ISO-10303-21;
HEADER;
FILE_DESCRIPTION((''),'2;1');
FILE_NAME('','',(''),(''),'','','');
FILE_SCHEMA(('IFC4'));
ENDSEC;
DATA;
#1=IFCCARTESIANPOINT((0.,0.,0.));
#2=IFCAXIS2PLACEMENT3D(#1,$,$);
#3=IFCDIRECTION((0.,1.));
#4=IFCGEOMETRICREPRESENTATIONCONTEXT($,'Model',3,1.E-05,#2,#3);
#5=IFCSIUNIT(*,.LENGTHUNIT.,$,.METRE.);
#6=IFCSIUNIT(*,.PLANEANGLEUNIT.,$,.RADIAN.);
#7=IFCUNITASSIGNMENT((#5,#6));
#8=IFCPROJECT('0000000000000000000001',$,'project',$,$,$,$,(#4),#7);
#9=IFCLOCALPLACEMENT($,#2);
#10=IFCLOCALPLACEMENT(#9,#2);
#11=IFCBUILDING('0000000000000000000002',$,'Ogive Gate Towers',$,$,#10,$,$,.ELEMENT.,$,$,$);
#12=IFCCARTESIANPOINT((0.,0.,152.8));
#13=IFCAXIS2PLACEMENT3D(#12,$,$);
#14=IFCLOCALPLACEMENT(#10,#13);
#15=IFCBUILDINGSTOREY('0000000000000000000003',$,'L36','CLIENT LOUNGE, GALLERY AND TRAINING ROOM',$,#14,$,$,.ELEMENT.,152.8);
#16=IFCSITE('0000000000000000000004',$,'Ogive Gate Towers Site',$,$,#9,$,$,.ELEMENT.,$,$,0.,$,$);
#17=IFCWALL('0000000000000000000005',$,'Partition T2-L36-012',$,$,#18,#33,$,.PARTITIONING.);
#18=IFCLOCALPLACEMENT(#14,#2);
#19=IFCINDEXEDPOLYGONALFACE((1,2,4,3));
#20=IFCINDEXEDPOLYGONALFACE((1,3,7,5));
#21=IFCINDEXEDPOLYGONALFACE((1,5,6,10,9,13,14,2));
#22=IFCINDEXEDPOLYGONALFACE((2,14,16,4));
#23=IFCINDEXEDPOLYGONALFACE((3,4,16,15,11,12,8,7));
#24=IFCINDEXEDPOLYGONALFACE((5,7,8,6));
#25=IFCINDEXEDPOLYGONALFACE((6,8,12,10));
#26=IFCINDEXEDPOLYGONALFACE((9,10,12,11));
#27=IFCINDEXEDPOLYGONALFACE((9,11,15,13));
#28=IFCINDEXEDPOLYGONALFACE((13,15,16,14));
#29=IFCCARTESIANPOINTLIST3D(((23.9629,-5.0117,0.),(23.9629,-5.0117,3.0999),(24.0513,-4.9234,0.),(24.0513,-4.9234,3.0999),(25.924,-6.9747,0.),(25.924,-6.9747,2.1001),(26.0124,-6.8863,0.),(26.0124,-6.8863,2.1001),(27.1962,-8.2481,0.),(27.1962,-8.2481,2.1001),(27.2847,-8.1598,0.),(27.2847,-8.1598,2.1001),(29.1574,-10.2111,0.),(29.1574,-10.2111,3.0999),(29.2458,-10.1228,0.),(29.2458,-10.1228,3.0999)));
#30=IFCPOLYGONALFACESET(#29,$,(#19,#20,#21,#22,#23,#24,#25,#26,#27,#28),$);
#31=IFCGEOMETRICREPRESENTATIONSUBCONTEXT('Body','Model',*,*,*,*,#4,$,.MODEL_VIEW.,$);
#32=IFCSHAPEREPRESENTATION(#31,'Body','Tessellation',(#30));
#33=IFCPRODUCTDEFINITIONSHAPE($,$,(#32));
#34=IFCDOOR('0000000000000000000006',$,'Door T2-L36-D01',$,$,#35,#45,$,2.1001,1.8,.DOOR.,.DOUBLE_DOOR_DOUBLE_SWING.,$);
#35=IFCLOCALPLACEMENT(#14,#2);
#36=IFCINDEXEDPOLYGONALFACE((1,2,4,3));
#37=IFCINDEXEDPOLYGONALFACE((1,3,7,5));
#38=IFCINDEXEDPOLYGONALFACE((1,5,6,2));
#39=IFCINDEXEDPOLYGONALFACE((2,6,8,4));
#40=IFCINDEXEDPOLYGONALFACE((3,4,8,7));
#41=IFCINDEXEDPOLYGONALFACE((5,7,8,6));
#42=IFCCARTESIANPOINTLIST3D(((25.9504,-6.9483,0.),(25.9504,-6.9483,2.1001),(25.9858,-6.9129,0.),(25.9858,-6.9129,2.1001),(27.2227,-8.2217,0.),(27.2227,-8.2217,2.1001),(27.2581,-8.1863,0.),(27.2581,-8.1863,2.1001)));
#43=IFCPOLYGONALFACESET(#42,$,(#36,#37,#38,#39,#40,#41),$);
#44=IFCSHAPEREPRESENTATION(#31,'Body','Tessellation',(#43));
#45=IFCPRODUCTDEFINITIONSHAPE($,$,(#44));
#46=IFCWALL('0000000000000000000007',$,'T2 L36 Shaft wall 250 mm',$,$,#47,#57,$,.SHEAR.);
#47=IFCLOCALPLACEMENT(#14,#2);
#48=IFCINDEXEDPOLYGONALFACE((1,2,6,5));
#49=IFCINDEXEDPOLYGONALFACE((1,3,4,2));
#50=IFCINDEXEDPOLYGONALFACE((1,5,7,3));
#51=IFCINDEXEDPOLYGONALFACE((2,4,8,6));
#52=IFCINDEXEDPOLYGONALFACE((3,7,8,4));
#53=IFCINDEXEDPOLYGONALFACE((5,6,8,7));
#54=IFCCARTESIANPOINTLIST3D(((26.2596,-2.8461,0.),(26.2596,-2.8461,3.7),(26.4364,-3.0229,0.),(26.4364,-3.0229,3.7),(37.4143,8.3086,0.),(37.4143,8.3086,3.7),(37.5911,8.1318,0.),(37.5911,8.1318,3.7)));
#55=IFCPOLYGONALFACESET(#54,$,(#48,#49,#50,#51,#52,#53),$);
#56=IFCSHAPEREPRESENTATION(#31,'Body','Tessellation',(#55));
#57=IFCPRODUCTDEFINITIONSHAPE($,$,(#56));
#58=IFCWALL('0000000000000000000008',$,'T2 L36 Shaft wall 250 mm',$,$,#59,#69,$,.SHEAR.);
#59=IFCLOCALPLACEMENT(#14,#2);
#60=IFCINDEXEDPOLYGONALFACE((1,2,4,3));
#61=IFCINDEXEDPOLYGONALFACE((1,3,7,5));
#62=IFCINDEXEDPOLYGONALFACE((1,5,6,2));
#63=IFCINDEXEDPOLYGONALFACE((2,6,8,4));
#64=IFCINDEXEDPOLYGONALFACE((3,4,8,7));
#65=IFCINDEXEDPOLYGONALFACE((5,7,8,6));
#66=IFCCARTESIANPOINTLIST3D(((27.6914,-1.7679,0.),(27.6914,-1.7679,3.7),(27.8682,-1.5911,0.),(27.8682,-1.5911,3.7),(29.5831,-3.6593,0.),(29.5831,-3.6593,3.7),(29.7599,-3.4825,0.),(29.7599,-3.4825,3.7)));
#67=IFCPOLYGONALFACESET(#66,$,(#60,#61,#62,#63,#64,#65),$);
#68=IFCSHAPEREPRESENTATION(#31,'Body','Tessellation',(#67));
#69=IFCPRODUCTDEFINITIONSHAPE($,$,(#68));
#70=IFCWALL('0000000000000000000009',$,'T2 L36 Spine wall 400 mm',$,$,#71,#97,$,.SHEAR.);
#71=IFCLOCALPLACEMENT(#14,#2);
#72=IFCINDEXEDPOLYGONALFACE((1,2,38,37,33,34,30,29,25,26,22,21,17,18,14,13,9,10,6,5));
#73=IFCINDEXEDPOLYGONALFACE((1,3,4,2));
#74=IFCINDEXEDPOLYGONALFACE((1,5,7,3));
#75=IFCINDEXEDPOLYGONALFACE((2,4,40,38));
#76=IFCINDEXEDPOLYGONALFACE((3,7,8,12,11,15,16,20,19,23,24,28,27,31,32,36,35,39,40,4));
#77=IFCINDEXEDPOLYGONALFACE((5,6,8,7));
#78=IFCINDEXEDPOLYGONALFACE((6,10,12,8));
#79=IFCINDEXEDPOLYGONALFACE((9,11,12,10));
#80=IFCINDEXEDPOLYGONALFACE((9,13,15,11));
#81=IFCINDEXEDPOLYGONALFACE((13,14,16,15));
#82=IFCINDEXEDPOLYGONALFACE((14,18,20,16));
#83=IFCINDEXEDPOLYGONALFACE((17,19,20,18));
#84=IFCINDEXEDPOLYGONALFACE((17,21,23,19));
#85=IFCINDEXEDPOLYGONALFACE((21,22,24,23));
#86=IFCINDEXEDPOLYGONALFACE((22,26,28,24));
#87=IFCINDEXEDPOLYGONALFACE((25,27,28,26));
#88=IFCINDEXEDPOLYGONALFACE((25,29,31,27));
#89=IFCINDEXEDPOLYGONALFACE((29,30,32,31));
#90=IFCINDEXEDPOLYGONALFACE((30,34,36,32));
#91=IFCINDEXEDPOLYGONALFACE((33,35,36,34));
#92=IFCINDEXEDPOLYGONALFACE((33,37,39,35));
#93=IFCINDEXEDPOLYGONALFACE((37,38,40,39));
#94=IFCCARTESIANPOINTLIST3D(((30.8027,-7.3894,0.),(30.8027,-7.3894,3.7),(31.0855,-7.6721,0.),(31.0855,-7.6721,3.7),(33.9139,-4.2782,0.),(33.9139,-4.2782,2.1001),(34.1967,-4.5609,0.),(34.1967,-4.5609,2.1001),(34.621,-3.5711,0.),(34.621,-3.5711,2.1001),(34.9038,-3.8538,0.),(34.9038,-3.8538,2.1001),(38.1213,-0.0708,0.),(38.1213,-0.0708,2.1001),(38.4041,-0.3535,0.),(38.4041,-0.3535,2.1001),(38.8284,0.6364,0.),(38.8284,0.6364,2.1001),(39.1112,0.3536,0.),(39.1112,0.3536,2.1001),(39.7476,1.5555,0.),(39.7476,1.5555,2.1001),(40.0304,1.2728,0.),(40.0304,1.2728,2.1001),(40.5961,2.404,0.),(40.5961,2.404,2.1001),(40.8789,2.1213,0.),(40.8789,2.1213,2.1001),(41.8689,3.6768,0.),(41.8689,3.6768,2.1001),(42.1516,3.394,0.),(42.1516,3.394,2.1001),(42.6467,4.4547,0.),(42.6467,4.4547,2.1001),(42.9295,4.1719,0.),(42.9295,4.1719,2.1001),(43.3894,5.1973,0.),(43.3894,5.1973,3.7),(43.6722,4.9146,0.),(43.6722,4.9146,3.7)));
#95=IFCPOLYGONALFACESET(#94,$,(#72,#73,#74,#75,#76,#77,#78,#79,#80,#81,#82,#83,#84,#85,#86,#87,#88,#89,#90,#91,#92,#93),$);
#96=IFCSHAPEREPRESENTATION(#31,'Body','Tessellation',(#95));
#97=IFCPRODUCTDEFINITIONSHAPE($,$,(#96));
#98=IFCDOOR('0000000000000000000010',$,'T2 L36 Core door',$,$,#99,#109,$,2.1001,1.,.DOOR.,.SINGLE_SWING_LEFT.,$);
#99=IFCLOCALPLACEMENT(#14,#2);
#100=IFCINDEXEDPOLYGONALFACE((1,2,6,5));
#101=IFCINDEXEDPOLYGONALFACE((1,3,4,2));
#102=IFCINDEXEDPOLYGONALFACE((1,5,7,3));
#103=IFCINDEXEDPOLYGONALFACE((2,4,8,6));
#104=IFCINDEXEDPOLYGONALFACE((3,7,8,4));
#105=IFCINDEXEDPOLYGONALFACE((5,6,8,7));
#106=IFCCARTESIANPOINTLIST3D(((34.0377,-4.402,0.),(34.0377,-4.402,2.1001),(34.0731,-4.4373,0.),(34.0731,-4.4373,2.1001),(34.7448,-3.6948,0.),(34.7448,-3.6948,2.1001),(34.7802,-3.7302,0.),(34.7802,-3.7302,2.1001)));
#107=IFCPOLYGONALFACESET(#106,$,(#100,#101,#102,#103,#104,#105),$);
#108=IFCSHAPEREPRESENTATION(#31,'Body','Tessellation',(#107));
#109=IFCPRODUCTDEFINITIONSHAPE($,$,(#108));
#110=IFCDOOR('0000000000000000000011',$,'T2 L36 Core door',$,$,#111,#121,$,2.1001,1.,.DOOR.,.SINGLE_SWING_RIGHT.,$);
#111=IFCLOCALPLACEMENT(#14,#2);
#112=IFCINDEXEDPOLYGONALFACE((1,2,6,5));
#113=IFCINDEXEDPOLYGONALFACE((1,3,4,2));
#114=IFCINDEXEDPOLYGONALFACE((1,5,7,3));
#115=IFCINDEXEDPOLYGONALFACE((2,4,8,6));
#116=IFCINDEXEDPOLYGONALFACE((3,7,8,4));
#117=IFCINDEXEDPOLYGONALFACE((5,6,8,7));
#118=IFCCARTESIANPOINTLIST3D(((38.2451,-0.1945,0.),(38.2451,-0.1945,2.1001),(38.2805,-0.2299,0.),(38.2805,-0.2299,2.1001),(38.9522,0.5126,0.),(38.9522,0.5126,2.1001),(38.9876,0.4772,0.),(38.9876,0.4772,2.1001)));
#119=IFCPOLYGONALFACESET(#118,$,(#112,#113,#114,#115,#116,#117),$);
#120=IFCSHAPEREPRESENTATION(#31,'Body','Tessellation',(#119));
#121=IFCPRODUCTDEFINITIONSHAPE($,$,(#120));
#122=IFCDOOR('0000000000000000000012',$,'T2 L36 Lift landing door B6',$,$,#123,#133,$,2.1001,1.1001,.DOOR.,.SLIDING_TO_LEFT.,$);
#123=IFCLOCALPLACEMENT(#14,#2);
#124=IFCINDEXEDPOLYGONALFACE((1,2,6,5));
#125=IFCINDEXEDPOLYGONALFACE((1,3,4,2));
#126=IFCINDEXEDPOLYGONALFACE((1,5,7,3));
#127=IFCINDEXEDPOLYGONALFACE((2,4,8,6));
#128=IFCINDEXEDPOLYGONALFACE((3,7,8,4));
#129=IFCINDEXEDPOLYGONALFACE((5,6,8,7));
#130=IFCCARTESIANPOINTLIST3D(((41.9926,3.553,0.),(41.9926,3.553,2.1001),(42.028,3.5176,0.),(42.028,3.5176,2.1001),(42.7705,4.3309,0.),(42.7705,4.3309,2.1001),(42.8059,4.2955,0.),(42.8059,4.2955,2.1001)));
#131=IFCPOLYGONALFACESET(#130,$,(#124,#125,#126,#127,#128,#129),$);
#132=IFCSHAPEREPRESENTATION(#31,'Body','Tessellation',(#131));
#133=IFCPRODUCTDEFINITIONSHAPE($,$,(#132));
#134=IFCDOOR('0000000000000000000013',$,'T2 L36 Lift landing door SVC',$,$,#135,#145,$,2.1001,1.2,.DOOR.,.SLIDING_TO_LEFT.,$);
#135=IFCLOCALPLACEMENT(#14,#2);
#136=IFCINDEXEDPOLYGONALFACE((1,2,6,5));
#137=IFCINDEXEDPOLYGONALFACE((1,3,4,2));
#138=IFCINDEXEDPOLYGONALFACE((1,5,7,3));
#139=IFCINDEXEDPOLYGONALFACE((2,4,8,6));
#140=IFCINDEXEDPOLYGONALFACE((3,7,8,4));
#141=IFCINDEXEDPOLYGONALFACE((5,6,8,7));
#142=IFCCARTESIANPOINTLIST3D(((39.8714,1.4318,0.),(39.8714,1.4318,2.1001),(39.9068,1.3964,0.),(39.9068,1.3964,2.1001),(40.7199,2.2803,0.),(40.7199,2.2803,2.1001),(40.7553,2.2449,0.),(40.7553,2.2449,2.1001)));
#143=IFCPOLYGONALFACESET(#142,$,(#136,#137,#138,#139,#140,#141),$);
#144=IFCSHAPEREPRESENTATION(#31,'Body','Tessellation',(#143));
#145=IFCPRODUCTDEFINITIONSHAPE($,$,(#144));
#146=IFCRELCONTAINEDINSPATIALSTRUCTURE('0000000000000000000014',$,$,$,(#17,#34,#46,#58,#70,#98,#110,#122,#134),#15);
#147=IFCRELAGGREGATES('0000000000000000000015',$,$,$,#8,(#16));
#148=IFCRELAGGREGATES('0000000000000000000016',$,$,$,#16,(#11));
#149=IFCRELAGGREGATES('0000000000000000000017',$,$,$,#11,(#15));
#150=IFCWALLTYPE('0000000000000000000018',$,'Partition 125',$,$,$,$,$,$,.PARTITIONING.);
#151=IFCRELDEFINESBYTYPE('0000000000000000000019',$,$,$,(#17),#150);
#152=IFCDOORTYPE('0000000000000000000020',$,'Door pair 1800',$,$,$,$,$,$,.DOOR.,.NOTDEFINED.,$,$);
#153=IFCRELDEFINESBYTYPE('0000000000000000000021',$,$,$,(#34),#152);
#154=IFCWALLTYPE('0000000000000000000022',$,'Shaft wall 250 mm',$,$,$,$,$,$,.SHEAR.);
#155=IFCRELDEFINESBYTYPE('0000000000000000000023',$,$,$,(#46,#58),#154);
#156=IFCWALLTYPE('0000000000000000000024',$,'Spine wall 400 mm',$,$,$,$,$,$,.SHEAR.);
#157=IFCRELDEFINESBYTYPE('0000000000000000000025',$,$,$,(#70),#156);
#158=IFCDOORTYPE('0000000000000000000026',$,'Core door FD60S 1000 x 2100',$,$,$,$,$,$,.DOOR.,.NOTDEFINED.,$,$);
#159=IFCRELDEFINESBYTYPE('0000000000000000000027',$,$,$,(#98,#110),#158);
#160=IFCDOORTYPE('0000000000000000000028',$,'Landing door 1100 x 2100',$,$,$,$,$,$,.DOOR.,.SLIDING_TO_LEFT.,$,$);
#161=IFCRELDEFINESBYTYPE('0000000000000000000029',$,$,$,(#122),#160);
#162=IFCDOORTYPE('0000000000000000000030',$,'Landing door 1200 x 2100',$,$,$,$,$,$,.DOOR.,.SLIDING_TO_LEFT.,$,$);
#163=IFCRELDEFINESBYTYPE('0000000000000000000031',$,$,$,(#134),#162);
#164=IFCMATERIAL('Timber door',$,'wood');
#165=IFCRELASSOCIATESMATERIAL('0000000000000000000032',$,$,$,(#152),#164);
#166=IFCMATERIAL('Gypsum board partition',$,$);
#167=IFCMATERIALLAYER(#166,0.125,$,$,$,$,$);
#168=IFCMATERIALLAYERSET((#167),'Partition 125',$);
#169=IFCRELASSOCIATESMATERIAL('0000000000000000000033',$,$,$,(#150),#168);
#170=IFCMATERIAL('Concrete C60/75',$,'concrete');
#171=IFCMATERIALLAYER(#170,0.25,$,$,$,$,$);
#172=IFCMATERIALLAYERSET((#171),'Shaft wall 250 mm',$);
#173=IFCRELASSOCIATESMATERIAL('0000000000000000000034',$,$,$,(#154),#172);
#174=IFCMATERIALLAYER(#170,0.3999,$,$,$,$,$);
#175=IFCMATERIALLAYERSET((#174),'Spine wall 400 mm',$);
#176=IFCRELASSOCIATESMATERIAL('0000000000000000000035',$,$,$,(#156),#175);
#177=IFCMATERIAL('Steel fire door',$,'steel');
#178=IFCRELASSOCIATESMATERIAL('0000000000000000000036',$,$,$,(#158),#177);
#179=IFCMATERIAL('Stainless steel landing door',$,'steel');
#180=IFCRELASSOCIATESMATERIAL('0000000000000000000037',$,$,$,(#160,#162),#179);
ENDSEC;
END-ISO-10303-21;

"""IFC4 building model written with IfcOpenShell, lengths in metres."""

from ifc_helpers import new_model, si_unit, direction, frame, frame_2d, origin, place, context, subcontext, project, spatial, rectangle, extrude, material, layer, layer_set, type_object, element, fill, save


model = new_model("IFC4")

# Units and contexts
model_context = context("Model", 3, precision=1e-05, world=origin(), true_north=direction((0.0, 1.0)))
body_context = subcontext(model_context, "Body", "Model", "MODEL_VIEW")
ifc_project = project(units=[si_unit("LENGTHUNIT", "METRE"), si_unit("PLANEANGLEUNIT", "RADIAN")], contexts=[model_context])

# Site, building, storey
site_placement = place(None, origin())
site = spatial("IfcSite", under=ifc_project, at=site_placement, Name="Ogive Gate Towers Site", CompositionType="ELEMENT", RefElevation=0.0)
building_placement = place(site_placement, origin())
building = spatial("IfcBuilding", under=site, at=building_placement, Name="Ogive Gate Towers", CompositionType="ELEMENT")
storey_placement = place(building_placement, frame((0.0, 0.0, 152.8)))
storey = spatial("IfcBuildingStorey", under=building, at=storey_placement, Name="L36", Description="CLIENT LOUNGE, GALLERY AND TRAINING ROOM", CompositionType="ELEMENT", Elevation=152.8)

# Wall, opening, door
ifc_material_1 = material(Name="Timber door", Category="wood")
door_type_1 = type_object("IfcDoorType", Name="Door pair 1800", OperationType="NOTDEFINED", PredefinedType="DOOR", material=ifc_material_1)
ifc_material_2 = material(Name="Gypsum board partition")
ifc_layer_1 = layer(ifc_material_2, 0.125)
ifc_layer_set_1 = layer_set([ifc_layer_1], Name="Partition 125")
wall_type_1 = type_object("IfcWallType", Name="Partition 125", PredefinedType="PARTITIONING", material=ifc_layer_set_1)
wall_1_placement = place(storey_placement, frame((24.0071, -4.9675, 0.0), z_axis=(0.0, 0.0, 1.0), x_axis=(0.706775, -0.707439, 0.0)))
wall_1 = element("IfcWall", 1, at=wall_1_placement, inside=storey, type_object=wall_type_1, Name="Partition T2-L36-012", PredefinedType="PARTITIONING", context=body_context, shape_type="SweptSolid", body=[
    extrude(rectangle(XDim=7.3496, YDim=0.125, at=frame_2d((3.6748, 0.0))), origin(), (0.0, 0.0, 1.0), 3.0999),
])
opening_1_placement = place(wall_1_placement, frame((2.7749, 0.0, 0.0)))
opening_1 = element("IfcOpeningElement", 2, at=opening_1_placement, cuts=wall_1, PredefinedType="OPENING", context=body_context, shape_type="SweptSolid", body=[
    extrude(rectangle(XDim=1.8, YDim=2.1001, at=frame_2d((0.8999, 1.05))), frame((0.0, 0.0725, 0.0), z_axis=(0.0, -1.0, 0.0), x_axis=(1.0, 0.0, 0.0)), (0.0, 0.0, 1.0), 0.145),
])
door_1_placement = place(opening_1_placement, origin())
door_1 = element("IfcDoor", 3, at=door_1_placement, inside=storey, type_object=door_type_1, Name="Door T2-L36-D01", OperationType="DOUBLE_DOOR_DOUBLE_SWING", OverallHeight=2.1001, OverallWidth=1.8, PredefinedType="DOOR", context=body_context, shape_type="SweptSolid", body=[
    extrude(rectangle(XDim=1.8, YDim=2.1001, at=frame_2d((0.8999, 1.05))), frame((0.0, 0.0249, 0.0), z_axis=(0.0, -1.0, 0.0), x_axis=(1.0, 0.0, 0.0)), (0.0, 0.0, 1.0), 0.05),
])
fill(opening_1, door_1)

# Walls
ifc_material_3 = material(Name="Concrete C60/75", Category="concrete")
ifc_layer_2 = layer(ifc_material_3, 0.25)
ifc_layer_set_2 = layer_set([ifc_layer_2], Name="Shaft wall 250 mm")
wall_type_2 = type_object("IfcWallType", Name="Shaft wall 250 mm", PredefinedType="SHEAR", material=ifc_layer_set_2)
wall_2_placement = place(storey_placement, frame((26.3479, -2.9346, 0.0), z_axis=(0.0, 0.0, 1.0), x_axis=(0.707107, 0.707107, 0.0)))
element("IfcWall", 4, at=wall_2_placement, inside=storey, type_object=wall_type_2, Name="T2 L36 Shaft wall 250 mm", PredefinedType="SHEAR", context=body_context, shape_type="SweptSolid", body=[
    extrude(rectangle(XDim=15.7751, YDim=0.25, at=frame_2d((7.8877, 0.0))), origin(), (0.0, 0.0, 1.0), 3.7),
])
wall_3_placement = place(storey_placement, frame((29.6714, -3.5708, 0.0), z_axis=(0.0, 0.0, 1.0), x_axis=(-0.707152, 0.707061, 0.0)))
element("IfcWall", 5, at=wall_3_placement, inside=storey, type_object=wall_type_2, Name="T2 L36 Shaft wall 250 mm", PredefinedType="SHEAR", context=body_context, shape_type="SweptSolid", body=[
    extrude(rectangle(XDim=2.675, YDim=0.25, at=frame_2d((1.3374, 0.0))), origin(), (0.0, 0.0, 1.0), 3.7),
])

# Wall, openings, doors
ifc_layer_3 = layer(ifc_material_3, 0.3999)
ifc_layer_set_3 = layer_set([ifc_layer_3], Name="Spine wall 400 mm")
wall_type_3 = type_object("IfcWallType", Name="Spine wall 400 mm", PredefinedType="SHEAR", material=ifc_layer_set_3)
wall_4_placement = place(storey_placement, frame((30.9441, -7.5308, 0.0), z_axis=(0.0, 0.0, 1.0), x_axis=(0.707107, 0.707107, 0.0)))
wall_4 = element("IfcWall", 6, at=wall_4_placement, inside=storey, type_object=wall_type_3, Name="T2 L36 Spine wall 400 mm", PredefinedType="SHEAR", context=body_context, shape_type="SweptSolid", body=[
    extrude(rectangle(XDim=17.8003, YDim=0.3999, at=frame_2d((8.9001, 0.0))), origin(), (0.0, 0.0, 1.0), 3.7),
])
opening_2_placement = place(wall_4_placement, frame((12.6499, 0.0, 0.0)))
opening_2 = element("IfcOpeningElement", 7, at=opening_2_placement, cuts=wall_4, PredefinedType="OPENING", context=body_context, shape_type="SweptSolid", body=[
    extrude(rectangle(XDim=1.2, YDim=2.1001, at=frame_2d((0.6001, 1.05))), frame((0.0, 0.21, 0.0), z_axis=(0.0, -1.0, 0.0), x_axis=(1.0, 0.0, 0.0)), (0.0, 0.0, 1.0), 0.4199),
])
opening_3_placement = place(wall_4_placement, frame((15.6499, 0.0, 0.0)))
opening_3 = element("IfcOpeningElement", 8, at=opening_3_placement, cuts=wall_4, PredefinedType="OPENING", context=body_context, shape_type="SweptSolid", body=[
    extrude(rectangle(XDim=1.1001, YDim=2.1001, at=frame_2d((0.55, 1.05))), frame((0.0, 0.21, 0.0), z_axis=(0.0, -1.0, 0.0), x_axis=(1.0, 0.0, 0.0)), (0.0, 0.0, 1.0), 0.4199),
])
opening_4_placement = place(wall_4_placement, frame((4.3999, 0.0, 0.0)))
opening_4 = element("IfcOpeningElement", 9, at=opening_4_placement, cuts=wall_4, PredefinedType="OPENING", context=body_context, shape_type="SweptSolid", body=[
    extrude(rectangle(XDim=1.0, YDim=2.1001, at=frame_2d((0.5, 1.05))), frame((0.0, 0.21, 0.0), z_axis=(0.0, -1.0, 0.0), x_axis=(1.0, 0.0, 0.0)), (0.0, 0.0, 1.0), 0.4199),
])
opening_5_placement = place(wall_4_placement, frame((10.3501, 0.0, 0.0)))
opening_5 = element("IfcOpeningElement", 10, at=opening_5_placement, cuts=wall_4, PredefinedType="OPENING", context=body_context, shape_type="SweptSolid", body=[
    extrude(rectangle(XDim=1.0, YDim=2.1001, at=frame_2d((0.5, 1.05))), frame((0.0, 0.21, 0.0), z_axis=(0.0, -1.0, 0.0), x_axis=(1.0, 0.0, 0.0)), (0.0, 0.0, 1.0), 0.4199),
])
ifc_material_4 = material(Name="Steel fire door", Category="steel")
door_type_2 = type_object("IfcDoorType", Name="Core door FD60S 1000 x 2100", OperationType="NOTDEFINED", PredefinedType="DOOR", material=ifc_material_4)
door_2_placement = place(opening_4_placement, origin())
door_2 = element("IfcDoor", 11, at=door_2_placement, inside=storey, type_object=door_type_2, Name="T2 L36 Core door", OperationType="SINGLE_SWING_LEFT", OverallHeight=2.1001, OverallWidth=1.0, PredefinedType="DOOR", context=body_context, shape_type="SweptSolid", body=[
    extrude(rectangle(XDim=1.0, YDim=2.1001, at=frame_2d((0.5, 1.05))), frame((0.0, 0.0249, 0.0), z_axis=(0.0, -1.0, 0.0), x_axis=(1.0, 0.0, 0.0)), (0.0, 0.0, 1.0), 0.05),
])
fill(opening_4, door_2)
door_3_placement = place(opening_5_placement, origin())
door_3 = element("IfcDoor", 12, at=door_3_placement, inside=storey, type_object=door_type_2, Name="T2 L36 Core door", OperationType="SINGLE_SWING_RIGHT", OverallHeight=2.1001, OverallWidth=1.0, PredefinedType="DOOR", context=body_context, shape_type="SweptSolid", body=[
    extrude(rectangle(XDim=1.0, YDim=2.1001, at=frame_2d((0.5, 1.05))), frame((0.0, 0.0249, 0.0), z_axis=(0.0, -1.0, 0.0), x_axis=(1.0, 0.0, 0.0)), (0.0, 0.0, 1.0), 0.05),
])
fill(opening_5, door_3)
ifc_material_5 = material(Name="Stainless steel landing door", Category="steel")
door_type_3 = type_object("IfcDoorType", Name="Landing door 1100 x 2100", OperationType="SLIDING_TO_LEFT", PredefinedType="DOOR", material=ifc_material_5)
door_4_placement = place(opening_3_placement, origin())
door_4 = element("IfcDoor", 13, at=door_4_placement, inside=storey, type_object=door_type_3, Name="T2 L36 Lift landing door B6", OperationType="SLIDING_TO_LEFT", OverallHeight=2.1001, OverallWidth=1.1001, PredefinedType="DOOR", context=body_context, shape_type="SweptSolid", body=[
    extrude(rectangle(XDim=1.1001, YDim=2.1001, at=frame_2d((0.55, 1.05))), frame((0.0, 0.0249, 0.0), z_axis=(0.0, -1.0, 0.0), x_axis=(1.0, 0.0, 0.0)), (0.0, 0.0, 1.0), 0.05),
])
fill(opening_3, door_4)
door_type_4 = type_object("IfcDoorType", Name="Landing door 1200 x 2100", OperationType="SLIDING_TO_LEFT", PredefinedType="DOOR", material=ifc_material_5)
door_5_placement = place(opening_2_placement, origin())
door_5 = element("IfcDoor", 14, at=door_5_placement, inside=storey, type_object=door_type_4, Name="T2 L36 Lift landing door SVC", OperationType="SLIDING_TO_LEFT", OverallHeight=2.1001, OverallWidth=1.2, PredefinedType="DOOR", context=body_context, shape_type="SweptSolid", body=[
    extrude(rectangle(XDim=1.2, YDim=2.1001, at=frame_2d((0.6001, 1.05))), frame((0.0, 0.0249, 0.0), z_axis=(0.0, -1.0, 0.0), x_axis=(1.0, 0.0, 0.0)), (0.0, 0.0, 1.0), 0.05),
])
fill(opening_2, door_5)

save(model, "model.ifc")
